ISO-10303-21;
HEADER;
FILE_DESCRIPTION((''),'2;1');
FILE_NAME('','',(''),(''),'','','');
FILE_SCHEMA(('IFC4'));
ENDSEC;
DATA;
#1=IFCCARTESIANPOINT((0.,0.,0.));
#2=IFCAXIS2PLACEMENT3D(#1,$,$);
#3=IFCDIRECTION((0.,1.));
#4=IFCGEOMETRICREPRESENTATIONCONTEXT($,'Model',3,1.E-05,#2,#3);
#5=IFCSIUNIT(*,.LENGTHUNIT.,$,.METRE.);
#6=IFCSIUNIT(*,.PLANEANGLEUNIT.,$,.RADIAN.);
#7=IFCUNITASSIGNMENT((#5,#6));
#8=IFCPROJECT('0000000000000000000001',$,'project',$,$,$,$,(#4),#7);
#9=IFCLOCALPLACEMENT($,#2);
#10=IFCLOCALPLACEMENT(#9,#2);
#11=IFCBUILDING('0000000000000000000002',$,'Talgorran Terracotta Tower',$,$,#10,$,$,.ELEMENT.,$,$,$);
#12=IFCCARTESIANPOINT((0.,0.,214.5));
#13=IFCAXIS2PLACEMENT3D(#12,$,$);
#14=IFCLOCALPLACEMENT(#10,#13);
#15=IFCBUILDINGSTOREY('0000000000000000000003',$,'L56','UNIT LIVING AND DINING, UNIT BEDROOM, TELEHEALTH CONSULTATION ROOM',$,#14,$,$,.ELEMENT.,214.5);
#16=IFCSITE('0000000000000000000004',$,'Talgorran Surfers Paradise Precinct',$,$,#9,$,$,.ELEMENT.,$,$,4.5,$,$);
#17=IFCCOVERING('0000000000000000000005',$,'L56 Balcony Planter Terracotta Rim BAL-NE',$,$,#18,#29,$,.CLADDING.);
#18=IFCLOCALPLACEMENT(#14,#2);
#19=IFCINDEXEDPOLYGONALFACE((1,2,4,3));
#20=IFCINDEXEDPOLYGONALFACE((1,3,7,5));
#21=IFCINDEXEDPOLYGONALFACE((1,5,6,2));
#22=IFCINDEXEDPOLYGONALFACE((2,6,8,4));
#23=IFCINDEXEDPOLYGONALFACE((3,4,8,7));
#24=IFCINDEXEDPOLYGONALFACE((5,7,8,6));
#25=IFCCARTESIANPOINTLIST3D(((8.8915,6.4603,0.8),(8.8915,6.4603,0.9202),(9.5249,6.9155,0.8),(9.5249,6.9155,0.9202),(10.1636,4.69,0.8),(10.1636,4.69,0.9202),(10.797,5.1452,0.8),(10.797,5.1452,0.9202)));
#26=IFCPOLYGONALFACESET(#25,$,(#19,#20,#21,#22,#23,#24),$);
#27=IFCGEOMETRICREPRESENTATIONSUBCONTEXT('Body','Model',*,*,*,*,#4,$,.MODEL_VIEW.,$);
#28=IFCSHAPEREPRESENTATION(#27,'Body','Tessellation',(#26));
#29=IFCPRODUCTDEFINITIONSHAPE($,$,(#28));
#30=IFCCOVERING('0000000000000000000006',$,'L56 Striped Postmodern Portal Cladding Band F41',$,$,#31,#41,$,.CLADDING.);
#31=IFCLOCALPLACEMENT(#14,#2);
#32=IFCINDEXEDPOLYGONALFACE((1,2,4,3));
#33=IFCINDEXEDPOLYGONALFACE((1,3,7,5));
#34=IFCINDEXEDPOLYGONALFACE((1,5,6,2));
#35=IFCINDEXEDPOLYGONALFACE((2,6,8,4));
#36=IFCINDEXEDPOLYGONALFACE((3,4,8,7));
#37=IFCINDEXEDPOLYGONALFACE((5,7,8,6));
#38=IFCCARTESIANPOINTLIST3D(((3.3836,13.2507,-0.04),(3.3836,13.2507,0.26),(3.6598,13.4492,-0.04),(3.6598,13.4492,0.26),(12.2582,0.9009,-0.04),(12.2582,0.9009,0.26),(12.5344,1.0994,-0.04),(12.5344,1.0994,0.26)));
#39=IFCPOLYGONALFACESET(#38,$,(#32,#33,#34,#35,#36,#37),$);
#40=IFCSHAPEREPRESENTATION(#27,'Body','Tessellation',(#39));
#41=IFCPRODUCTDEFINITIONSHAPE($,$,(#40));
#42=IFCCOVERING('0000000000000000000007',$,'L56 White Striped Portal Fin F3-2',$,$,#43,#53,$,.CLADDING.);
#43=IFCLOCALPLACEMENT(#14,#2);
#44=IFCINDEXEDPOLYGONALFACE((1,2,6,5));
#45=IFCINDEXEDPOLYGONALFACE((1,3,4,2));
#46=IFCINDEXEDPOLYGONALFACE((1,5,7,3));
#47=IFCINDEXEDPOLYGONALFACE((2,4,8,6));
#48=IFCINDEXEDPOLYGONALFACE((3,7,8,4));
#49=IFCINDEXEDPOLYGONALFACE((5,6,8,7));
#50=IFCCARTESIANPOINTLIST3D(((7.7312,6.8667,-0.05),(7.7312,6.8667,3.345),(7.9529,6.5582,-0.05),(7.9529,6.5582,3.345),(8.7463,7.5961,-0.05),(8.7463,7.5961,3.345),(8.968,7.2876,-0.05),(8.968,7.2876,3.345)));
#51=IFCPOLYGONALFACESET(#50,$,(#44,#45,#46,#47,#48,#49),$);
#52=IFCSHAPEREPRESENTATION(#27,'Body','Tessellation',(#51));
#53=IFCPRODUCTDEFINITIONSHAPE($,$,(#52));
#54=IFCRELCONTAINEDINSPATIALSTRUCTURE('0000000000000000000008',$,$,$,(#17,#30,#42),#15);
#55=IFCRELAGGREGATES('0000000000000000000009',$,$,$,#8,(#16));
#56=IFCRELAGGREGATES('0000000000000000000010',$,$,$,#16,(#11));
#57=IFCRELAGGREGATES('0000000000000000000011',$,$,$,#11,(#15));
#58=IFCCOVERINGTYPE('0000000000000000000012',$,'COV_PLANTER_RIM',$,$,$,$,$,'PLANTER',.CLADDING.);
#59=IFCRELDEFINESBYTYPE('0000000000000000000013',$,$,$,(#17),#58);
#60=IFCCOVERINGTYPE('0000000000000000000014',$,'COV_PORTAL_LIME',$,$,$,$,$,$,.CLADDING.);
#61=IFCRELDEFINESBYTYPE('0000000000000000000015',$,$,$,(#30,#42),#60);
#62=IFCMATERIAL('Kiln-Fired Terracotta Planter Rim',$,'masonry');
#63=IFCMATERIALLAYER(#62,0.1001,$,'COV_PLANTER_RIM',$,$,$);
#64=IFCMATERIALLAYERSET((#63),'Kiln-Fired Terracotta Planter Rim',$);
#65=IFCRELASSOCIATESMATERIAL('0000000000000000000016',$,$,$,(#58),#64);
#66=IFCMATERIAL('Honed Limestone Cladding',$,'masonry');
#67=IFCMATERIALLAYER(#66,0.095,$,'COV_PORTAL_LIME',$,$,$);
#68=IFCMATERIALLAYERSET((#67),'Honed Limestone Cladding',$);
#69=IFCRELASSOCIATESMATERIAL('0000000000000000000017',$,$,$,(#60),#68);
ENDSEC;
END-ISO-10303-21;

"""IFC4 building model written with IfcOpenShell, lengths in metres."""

from ifc_helpers import new_model, si_unit, direction, frame, origin, origin_2d, place, context, subcontext, project, spatial, rectangle, extrude, material, layer, layer_set, type_object, element, save


model = new_model("IFC4")

# Units and contexts
model_context = context("Model", 3, precision=1e-05, world=origin(), true_north=direction((0.0, 1.0)))
body_context = subcontext(model_context, "Body", "Model", "MODEL_VIEW")
ifc_project = project(units=[si_unit("LENGTHUNIT", "METRE"), si_unit("PLANEANGLEUNIT", "RADIAN")], contexts=[model_context])

# Site, building, storey
site_placement = place(None, origin())
site = spatial("IfcSite", under=ifc_project, at=site_placement, Name="Talgorran Surfers Paradise Precinct", CompositionType="ELEMENT", RefElevation=4.5)
building_placement = place(site_placement, origin())
building = spatial("IfcBuilding", under=site, at=building_placement, Name="Talgorran Terracotta Tower", CompositionType="ELEMENT")
storey_placement = place(building_placement, frame((0.0, 0.0, 214.5)))
storey = spatial("IfcBuildingStorey", under=building, at=storey_placement, Name="L56", Description="UNIT LIVING AND DINING, UNIT BEDROOM, TELEHEALTH CONSULTATION ROOM", CompositionType="ELEMENT", Elevation=214.5)

# Coverings
ifc_material_1 = material(Name="Kiln-Fired Terracotta Planter Rim", Category="masonry")
ifc_layer_1 = layer(ifc_material_1, 0.1001, Name="COV_PLANTER_RIM")
ifc_layer_set_1 = layer_set([ifc_layer_1], Name="Kiln-Fired Terracotta Planter Rim")
covering_type_1 = type_object("IfcCoveringType", Name="COV_PLANTER_RIM", ElementType="PLANTER", PredefinedType="CLADDING", material=ifc_layer_set_1)
covering_1_placement = place(storey_placement, frame((9.8442, 5.8027, 0.8), z_axis=(0.0, 0.0, 1.0), x_axis=(-0.583555, 0.812073, 0.0)))
element("IfcCovering", 1, at=covering_1_placement, inside=storey, type_object=covering_type_1, Name="L56 Balcony Planter Terracotta Rim BAL-NE", PredefinedType="CLADDING", context=body_context, shape_type="SweptSolid", body=[
    extrude(rectangle(XDim=2.1799, YDim=0.78, at=origin_2d()), origin(), (0.0, 0.0, 1.0), 0.1201),
])
ifc_material_2 = material(Name="Honed Limestone Cladding", Category="masonry")
ifc_layer_2 = layer(ifc_material_2, 0.095, Name="COV_PORTAL_LIME")
ifc_layer_set_2 = layer_set([ifc_layer_2], Name="Honed Limestone Cladding")
covering_type_2 = type_object("IfcCoveringType", Name="COV_PORTAL_LIME", PredefinedType="CLADDING", material=ifc_layer_set_2)
covering_2_placement = place(storey_placement, frame((7.959, 7.175, -0.04), z_axis=(0.0, 0.0, 1.0), x_axis=(-0.583555, 0.812073, 0.0)))
element("IfcCovering", 2, at=covering_2_placement, inside=storey, type_object=covering_type_2, Name="L56 Striped Postmodern Portal Cladding Band F41", PredefinedType="CLADDING", context=body_context, shape_type="SweptSolid", body=[
    extrude(rectangle(XDim=15.2078, YDim=0.3401, at=origin_2d()), origin(), (0.0, 0.0, 1.0), 0.3),
])
covering_3_placement = place(storey_placement, frame((8.3496, 7.0771, -0.05), z_axis=(0.0, 0.0, 1.0), x_axis=(-0.583555, 0.812073, 0.0)))
element("IfcCovering", 3, at=covering_3_placement, inside=storey, type_object=covering_type_2, Name="L56 White Striped Portal Fin F3-2", PredefinedType="CLADDING", context=body_context, shape_type="SweptSolid", body=[
    extrude(rectangle(XDim=0.3799, YDim=1.25, at=origin_2d()), origin(), (0.0, 0.0, 1.0), 3.395),
])

save(model, "model.ifc")
